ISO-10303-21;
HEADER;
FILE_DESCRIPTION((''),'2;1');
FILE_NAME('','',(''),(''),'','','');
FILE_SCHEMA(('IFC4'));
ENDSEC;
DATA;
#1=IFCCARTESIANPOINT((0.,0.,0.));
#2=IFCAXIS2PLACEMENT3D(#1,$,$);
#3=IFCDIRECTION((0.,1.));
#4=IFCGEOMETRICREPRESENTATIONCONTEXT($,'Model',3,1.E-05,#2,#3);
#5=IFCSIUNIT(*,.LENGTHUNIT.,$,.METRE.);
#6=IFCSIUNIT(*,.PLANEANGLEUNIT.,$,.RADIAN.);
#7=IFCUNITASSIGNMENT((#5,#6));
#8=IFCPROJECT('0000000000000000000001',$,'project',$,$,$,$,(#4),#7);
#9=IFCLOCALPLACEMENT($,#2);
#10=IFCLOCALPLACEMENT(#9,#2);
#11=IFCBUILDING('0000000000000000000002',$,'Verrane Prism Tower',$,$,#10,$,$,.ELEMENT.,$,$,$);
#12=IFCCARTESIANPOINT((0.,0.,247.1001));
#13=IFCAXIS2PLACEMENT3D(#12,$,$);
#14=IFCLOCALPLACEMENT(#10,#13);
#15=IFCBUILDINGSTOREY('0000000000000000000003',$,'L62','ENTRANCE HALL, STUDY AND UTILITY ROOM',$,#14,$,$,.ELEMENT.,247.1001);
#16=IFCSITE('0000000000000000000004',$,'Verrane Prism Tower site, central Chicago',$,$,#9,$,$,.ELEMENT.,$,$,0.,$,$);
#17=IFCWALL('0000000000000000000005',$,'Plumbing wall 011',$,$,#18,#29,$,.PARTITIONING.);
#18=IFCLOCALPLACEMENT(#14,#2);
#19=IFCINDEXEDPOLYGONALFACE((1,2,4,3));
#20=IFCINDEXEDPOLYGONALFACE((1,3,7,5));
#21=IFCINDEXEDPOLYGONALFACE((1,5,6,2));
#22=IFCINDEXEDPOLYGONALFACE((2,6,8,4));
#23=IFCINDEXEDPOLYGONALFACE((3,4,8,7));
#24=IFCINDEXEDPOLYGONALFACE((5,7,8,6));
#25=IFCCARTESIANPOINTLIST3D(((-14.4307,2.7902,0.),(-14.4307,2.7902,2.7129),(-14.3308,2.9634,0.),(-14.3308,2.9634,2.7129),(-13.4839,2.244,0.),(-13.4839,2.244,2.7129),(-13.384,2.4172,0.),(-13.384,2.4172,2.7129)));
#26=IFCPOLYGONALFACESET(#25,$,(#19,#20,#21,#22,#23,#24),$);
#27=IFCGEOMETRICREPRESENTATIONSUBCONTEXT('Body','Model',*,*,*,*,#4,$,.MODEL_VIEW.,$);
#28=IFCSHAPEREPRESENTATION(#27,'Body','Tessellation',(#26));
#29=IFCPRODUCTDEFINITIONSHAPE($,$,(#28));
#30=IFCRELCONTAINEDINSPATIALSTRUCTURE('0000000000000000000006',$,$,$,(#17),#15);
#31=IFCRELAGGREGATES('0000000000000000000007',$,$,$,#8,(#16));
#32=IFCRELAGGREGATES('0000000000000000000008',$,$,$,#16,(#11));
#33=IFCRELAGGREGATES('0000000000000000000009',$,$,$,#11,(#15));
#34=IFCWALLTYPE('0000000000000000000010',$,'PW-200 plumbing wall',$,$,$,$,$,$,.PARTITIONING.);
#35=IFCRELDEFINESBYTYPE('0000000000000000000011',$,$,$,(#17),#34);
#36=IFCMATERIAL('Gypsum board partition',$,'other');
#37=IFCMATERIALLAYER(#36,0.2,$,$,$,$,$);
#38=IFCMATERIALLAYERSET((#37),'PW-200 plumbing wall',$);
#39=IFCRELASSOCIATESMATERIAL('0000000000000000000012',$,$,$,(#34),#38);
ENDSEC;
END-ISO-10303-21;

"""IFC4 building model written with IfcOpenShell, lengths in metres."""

from ifc_helpers import new_model, si_unit, direction, frame, frame_2d, origin, place, context, subcontext, project, spatial, rectangle, extrude, material, layer, layer_set, type_object, element, save


model = new_model("IFC4")

# Units and contexts
model_context = context("Model", 3, precision=1e-05, world=origin(), true_north=direction((0.0, 1.0)))
body_context = subcontext(model_context, "Body", "Model", "MODEL_VIEW")
ifc_project = project(units=[si_unit("LENGTHUNIT", "METRE"), si_unit("PLANEANGLEUNIT", "RADIAN")], contexts=[model_context])

# Site, building, storey
site_placement = place(None, origin())
site = spatial("IfcSite", under=ifc_project, at=site_placement, Name="Verrane Prism Tower site, central Chicago", CompositionType="ELEMENT", RefElevation=0.0)
building_placement = place(site_placement, origin())
building = spatial("IfcBuilding", under=site, at=building_placement, Name="Verrane Prism Tower", CompositionType="ELEMENT")
storey_placement = place(building_placement, frame((0.0, 0.0, 247.1001)))
storey = spatial("IfcBuildingStorey", under=building, at=storey_placement, Name="L62", Description="ENTRANCE HALL, STUDY AND UTILITY ROOM", CompositionType="ELEMENT", Elevation=247.1001)

# Wall
ifc_material_1 = material(Name="Gypsum board partition", Category="other")
ifc_layer_1 = layer(ifc_material_1, 0.2)
ifc_layer_set_1 = layer_set([ifc_layer_1], Name="PW-200 plumbing wall")
wall_type_1 = type_object("IfcWallType", Name="PW-200 plumbing wall", PredefinedType="PARTITIONING", material=ifc_layer_set_1)
wall_1_placement = place(storey_placement, frame((-14.3806, 2.8767, 0.0), z_axis=(0.0, 0.0, 1.0), x_axis=(0.866215, -0.499671, 0.0)))
element("IfcWall", 1, at=wall_1_placement, inside=storey, type_object=wall_type_1, Name="Plumbing wall 011", PredefinedType="PARTITIONING", context=body_context, shape_type="SweptSolid", body=[
    extrude(rectangle(XDim=1.093, YDim=0.2, at=frame_2d((0.5464, 0.0))), origin(), (0.0, 0.0, 1.0), 2.7129),
])

save(model, "model.ifc")
